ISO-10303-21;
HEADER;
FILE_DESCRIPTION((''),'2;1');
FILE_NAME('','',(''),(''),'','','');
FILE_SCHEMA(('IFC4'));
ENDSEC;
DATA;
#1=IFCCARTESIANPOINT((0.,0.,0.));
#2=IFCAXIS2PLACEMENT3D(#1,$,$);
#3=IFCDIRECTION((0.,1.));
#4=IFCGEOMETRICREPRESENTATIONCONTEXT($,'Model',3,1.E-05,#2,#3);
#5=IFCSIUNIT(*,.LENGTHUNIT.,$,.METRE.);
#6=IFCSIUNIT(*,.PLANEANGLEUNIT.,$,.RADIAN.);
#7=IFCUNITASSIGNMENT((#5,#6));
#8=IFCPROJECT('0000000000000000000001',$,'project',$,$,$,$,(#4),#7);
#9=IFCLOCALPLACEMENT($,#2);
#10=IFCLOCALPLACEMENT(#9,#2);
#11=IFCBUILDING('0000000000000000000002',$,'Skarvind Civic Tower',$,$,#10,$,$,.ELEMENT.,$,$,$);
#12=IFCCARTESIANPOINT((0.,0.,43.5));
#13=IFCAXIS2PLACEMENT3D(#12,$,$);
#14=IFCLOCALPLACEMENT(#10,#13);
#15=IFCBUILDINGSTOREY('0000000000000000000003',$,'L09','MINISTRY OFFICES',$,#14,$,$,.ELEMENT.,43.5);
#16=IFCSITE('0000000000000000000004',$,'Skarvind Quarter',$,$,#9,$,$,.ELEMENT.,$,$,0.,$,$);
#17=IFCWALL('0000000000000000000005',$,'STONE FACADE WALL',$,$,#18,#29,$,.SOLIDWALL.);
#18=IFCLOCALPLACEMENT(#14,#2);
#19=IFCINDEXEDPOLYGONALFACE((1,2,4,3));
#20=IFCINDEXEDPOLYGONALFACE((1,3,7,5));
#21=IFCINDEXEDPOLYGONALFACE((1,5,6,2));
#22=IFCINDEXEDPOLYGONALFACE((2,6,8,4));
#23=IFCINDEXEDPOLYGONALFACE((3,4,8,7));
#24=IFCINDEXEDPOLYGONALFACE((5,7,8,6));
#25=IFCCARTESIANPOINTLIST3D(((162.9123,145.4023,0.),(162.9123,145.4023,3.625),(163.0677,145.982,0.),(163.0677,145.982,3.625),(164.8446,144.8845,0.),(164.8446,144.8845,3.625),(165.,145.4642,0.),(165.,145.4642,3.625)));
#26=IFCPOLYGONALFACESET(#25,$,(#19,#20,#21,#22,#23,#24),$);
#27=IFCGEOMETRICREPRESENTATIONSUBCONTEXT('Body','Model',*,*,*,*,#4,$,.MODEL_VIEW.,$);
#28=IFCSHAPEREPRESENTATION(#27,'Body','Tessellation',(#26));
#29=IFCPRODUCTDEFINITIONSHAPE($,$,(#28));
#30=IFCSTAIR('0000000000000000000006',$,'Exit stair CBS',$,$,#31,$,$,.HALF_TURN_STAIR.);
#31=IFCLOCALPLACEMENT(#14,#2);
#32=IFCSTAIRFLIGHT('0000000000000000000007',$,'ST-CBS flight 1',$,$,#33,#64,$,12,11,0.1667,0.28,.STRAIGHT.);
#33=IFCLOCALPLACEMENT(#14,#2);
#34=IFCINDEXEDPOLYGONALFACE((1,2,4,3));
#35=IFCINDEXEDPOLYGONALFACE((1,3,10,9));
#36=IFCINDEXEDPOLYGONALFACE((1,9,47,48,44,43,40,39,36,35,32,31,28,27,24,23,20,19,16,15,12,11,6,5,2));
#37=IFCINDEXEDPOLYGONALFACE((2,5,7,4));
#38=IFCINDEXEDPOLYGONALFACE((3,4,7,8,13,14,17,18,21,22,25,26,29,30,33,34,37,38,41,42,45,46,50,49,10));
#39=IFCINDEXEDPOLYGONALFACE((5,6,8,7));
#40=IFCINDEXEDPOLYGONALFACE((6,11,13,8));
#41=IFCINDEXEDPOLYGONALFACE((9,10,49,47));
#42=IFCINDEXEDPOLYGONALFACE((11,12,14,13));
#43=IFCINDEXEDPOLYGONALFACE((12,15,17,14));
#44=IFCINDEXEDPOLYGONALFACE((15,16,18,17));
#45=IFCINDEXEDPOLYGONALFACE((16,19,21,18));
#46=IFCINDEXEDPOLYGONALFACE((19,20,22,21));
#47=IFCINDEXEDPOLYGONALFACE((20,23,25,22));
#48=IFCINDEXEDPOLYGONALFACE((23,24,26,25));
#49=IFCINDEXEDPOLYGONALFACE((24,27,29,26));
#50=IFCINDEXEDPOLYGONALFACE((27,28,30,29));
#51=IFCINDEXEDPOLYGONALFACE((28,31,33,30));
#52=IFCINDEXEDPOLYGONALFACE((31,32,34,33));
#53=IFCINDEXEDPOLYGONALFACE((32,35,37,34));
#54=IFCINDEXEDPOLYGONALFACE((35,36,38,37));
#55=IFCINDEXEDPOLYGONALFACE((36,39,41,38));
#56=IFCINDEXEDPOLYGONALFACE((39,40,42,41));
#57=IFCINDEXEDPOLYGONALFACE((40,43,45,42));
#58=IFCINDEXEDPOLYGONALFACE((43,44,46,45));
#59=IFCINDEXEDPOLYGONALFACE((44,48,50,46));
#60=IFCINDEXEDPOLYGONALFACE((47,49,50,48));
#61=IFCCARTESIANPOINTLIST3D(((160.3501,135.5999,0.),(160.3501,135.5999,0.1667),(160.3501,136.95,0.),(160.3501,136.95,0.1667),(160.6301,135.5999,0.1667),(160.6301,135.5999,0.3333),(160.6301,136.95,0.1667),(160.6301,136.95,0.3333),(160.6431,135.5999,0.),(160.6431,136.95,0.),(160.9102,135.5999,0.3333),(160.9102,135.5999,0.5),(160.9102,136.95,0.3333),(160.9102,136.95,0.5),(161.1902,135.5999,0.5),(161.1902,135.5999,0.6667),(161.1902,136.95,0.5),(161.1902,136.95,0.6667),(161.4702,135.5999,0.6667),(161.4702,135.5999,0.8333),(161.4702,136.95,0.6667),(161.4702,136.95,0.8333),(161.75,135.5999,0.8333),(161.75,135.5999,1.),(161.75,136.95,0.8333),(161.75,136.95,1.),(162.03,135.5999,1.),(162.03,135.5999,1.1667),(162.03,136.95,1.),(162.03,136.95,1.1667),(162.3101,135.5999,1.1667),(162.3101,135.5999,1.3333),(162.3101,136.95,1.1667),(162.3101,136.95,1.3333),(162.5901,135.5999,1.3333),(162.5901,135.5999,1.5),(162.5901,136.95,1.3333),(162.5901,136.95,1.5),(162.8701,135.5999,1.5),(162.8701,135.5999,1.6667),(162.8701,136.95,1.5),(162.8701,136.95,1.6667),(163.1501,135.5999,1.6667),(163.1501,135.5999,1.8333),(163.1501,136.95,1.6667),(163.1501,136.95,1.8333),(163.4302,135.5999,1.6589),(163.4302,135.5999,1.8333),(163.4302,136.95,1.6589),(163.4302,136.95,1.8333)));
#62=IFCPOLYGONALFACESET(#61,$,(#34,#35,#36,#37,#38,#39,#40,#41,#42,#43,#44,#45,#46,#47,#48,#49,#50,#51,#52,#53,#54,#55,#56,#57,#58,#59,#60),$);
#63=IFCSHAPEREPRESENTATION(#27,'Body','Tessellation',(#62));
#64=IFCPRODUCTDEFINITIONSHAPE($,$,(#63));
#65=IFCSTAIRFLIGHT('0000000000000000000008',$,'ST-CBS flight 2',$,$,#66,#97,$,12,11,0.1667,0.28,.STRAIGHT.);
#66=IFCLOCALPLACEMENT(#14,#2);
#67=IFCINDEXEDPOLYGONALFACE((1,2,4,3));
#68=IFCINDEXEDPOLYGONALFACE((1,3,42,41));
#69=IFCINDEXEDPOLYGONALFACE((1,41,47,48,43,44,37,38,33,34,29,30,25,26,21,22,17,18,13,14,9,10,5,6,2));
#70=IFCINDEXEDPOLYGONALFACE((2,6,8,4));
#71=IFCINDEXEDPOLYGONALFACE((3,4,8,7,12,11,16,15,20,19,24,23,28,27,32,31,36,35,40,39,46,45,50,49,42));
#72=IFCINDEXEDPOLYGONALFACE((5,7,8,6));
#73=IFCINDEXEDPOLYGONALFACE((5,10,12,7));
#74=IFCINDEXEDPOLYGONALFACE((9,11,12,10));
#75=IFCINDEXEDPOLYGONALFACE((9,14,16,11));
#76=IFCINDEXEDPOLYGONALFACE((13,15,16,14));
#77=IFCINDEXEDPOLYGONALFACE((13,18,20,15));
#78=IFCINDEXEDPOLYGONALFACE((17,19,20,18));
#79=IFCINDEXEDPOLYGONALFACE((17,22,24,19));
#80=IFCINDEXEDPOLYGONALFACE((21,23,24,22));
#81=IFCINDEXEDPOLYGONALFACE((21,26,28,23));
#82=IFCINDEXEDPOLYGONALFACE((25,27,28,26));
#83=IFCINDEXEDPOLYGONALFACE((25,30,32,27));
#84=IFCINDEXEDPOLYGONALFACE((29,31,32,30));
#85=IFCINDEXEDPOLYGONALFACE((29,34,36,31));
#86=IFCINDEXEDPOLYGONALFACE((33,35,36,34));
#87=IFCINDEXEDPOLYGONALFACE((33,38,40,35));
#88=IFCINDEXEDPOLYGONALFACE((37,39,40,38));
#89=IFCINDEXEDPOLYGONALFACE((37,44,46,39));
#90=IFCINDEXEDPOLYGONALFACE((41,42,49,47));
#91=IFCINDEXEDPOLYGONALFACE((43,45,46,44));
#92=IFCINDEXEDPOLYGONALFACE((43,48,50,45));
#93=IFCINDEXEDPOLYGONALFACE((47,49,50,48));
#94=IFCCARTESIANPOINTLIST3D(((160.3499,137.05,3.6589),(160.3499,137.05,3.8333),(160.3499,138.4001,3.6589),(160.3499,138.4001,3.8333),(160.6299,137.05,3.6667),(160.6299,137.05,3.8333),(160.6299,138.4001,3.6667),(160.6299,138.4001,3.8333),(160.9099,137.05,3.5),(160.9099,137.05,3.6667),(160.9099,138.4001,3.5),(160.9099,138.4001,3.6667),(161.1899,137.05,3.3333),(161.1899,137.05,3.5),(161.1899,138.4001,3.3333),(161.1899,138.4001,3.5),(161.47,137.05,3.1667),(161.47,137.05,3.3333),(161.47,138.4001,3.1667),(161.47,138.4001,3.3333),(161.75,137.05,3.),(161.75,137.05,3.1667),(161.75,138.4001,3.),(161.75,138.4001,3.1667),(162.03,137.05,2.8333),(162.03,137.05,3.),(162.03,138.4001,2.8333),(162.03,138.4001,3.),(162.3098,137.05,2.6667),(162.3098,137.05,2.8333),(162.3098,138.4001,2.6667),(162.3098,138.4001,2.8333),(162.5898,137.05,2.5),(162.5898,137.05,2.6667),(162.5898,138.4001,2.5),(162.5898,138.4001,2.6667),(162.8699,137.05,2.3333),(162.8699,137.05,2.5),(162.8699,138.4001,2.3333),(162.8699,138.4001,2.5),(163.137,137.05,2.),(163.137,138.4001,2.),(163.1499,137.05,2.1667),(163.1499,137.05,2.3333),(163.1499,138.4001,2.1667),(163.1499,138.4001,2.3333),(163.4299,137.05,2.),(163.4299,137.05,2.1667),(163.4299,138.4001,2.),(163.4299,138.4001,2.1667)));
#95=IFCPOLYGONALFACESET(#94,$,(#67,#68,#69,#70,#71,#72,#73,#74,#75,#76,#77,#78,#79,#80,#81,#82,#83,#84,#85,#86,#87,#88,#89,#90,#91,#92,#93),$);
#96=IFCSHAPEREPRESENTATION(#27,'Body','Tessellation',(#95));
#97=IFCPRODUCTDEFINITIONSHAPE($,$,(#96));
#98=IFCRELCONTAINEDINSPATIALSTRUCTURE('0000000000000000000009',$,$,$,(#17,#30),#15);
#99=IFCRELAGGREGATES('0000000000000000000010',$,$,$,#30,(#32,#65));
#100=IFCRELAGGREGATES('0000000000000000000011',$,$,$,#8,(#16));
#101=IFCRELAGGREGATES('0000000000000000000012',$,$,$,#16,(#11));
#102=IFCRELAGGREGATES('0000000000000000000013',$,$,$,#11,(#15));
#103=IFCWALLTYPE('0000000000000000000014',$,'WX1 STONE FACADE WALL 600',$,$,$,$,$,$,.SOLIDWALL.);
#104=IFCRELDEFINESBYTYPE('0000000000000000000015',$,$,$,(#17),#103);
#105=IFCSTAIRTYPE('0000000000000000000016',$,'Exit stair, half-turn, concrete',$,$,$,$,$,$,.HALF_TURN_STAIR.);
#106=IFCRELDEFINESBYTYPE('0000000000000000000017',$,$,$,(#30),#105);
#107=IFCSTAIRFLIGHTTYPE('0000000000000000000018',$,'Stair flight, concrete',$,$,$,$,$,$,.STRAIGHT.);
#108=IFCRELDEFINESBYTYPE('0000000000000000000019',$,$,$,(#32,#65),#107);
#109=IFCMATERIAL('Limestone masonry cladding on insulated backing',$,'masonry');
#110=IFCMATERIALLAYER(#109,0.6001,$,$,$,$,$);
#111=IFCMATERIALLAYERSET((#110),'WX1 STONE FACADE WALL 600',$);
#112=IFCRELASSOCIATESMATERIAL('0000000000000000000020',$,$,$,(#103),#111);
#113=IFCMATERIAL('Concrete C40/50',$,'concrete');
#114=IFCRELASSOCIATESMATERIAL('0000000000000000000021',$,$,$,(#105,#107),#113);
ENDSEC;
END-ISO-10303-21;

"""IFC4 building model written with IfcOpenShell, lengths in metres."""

from ifc_helpers import new_model, si_unit, direction, frame, frame_2d, origin, place, context, subcontext, project, spatial, polyline, rectangle, outline, extrude, material, layer, layer_set, type_object, element, aggregate, save


model = new_model("IFC4")

# Units and contexts
model_context = context("Model", 3, precision=1e-05, world=origin(), true_north=direction((0.0, 1.0)))
body_context = subcontext(model_context, "Body", "Model", "MODEL_VIEW")
ifc_project = project(units=[si_unit("LENGTHUNIT", "METRE"), si_unit("PLANEANGLEUNIT", "RADIAN")], contexts=[model_context])

# Site, building, storey
site_placement = place(None, origin())
site = spatial("IfcSite", under=ifc_project, at=site_placement, Name="Skarvind Quarter", CompositionType="ELEMENT", RefElevation=0.0)
building_placement = place(site_placement, origin())
building = spatial("IfcBuilding", under=site, at=building_placement, Name="Skarvind Civic Tower", CompositionType="ELEMENT")
storey_placement = place(building_placement, frame((0.0, 0.0, 43.5)))
storey = spatial("IfcBuildingStorey", under=building, at=storey_placement, Name="L09", Description="MINISTRY OFFICES", CompositionType="ELEMENT", Elevation=43.5)

# Wall
ifc_material_1 = material(Name="Limestone masonry cladding on insulated backing", Category="masonry")
ifc_layer_1 = layer(ifc_material_1, 0.6001)
ifc_layer_set_1 = layer_set([ifc_layer_1], Name="WX1 STONE FACADE WALL 600")
wall_type_1 = type_object("IfcWallType", Name="WX1 STONE FACADE WALL 600", PredefinedType="SOLIDWALL", material=ifc_layer_set_1)
wall_1_placement = place(storey_placement, frame((162.99, 145.6921, 0.0), z_axis=(0.0, 0.0, 1.0), x_axis=(0.96592, -0.25884, 0.0)))
element("IfcWall", 1, at=wall_1_placement, inside=storey, type_object=wall_type_1, Name="STONE FACADE WALL", PredefinedType="SOLIDWALL", context=body_context, shape_type="SweptSolid", body=[
    extrude(rectangle(XDim=2.0005, YDim=0.6001, at=frame_2d((1.0002, 0.0))), origin(), (0.0, 0.0, 1.0), 3.625),
])

# Stair, stair flights
ifc_material_2 = material(Name="Concrete C40/50", Category="concrete")
stair_type = type_object("IfcStairType", Name="Exit stair, half-turn, concrete", PredefinedType="HALF_TURN_STAIR", material=ifc_material_2)
stair_placement = place(storey_placement, origin())
stair = element("IfcStair", 2, at=stair_placement, inside=storey, type_object=stair_type, Name="Exit stair CBS", PredefinedType="HALF_TURN_STAIR")
stair_flight_type = type_object("IfcStairFlightType", Name="Stair flight, concrete", PredefinedType="STRAIGHT", material=ifc_material_2)
stair_flight_1_placement = place(storey_placement, frame((160.3501, 136.2749, 0.0), z_axis=(0.0, 0.0, 1.0), x_axis=(1.0, 0.0, 0.0)))
stair_flight_1 = element("IfcStairFlight", 3, at=stair_flight_1_placement, type_object=stair_flight_type, Name="ST-CBS flight 1", NumberOfRisers=12, NumberOfTreads=11, PredefinedType="STRAIGHT", RiserHeight=0.1667, TreadLength=0.28, context=body_context, shape_type="SweptSolid", body=[
    extrude(outline(polyline([(0.0, 0.0), (0.0, 0.1667), (0.28, 0.1667), (0.28, 0.3333), (0.5601, 0.3333), (0.5601, 0.5), (0.8401, 0.5), (0.8401, 0.6667), (1.1201, 0.6667), (1.1201, 0.8333), (1.3999, 0.8333), (1.3999, 1.0), (1.6799, 1.0), (1.6799, 1.1667), (1.96, 1.1667), (1.96, 1.3333), (2.24, 1.3333), (2.24, 1.5), (2.52, 1.5), (2.52, 1.6667), (2.8, 1.6667), (2.8, 1.8333), (3.0801, 1.8333), (3.0801, 2.0), (3.0801, 1.6589), (0.293, 0.0), (0.0, 0.0)])), frame((0.0, 0.675, 0.0), z_axis=(0.0, -1.0, 0.0), x_axis=(1.0, 0.0, 0.0)), (0.0, 0.0, 1.0), 1.3501),
])
stair_flight_2_placement = place(storey_placement, frame((163.4299, 137.7251, 2.0), z_axis=(0.0, 0.0, 1.0), x_axis=(-1.0, 0.0, 0.0)))
stair_flight_2 = element("IfcStairFlight", 4, at=stair_flight_2_placement, type_object=stair_flight_type, Name="ST-CBS flight 2", NumberOfRisers=12, NumberOfTreads=11, PredefinedType="STRAIGHT", RiserHeight=0.1667, TreadLength=0.28, context=body_context, shape_type="SweptSolid", body=[
    extrude(outline(polyline([(0.0, 0.0), (0.0, 0.1667), (0.28, 0.1667), (0.28, 0.3333), (0.5601, 0.3333), (0.5601, 0.5), (0.8401, 0.5), (0.8401, 0.6667), (1.1201, 0.6667), (1.1201, 0.8333), (1.3999, 0.8333), (1.3999, 1.0), (1.6799, 1.0), (1.6799, 1.1667), (1.96, 1.1667), (1.96, 1.3333), (2.24, 1.3333), (2.24, 1.5), (2.52, 1.5), (2.52, 1.6667), (2.8, 1.6667), (2.8, 1.8333), (3.0801, 1.8333), (3.0801, 2.0), (3.0801, 1.6589), (0.293, 0.0), (0.0, 0.0)])), frame((0.0, 0.675, 0.0), z_axis=(0.0, -1.0, 0.0), x_axis=(1.0, 0.0, 0.0)), (0.0, 0.0, 1.0), 1.3501),
])
aggregate(stair, [stair_flight_1, stair_flight_2])

save(model, "model.ifc")
